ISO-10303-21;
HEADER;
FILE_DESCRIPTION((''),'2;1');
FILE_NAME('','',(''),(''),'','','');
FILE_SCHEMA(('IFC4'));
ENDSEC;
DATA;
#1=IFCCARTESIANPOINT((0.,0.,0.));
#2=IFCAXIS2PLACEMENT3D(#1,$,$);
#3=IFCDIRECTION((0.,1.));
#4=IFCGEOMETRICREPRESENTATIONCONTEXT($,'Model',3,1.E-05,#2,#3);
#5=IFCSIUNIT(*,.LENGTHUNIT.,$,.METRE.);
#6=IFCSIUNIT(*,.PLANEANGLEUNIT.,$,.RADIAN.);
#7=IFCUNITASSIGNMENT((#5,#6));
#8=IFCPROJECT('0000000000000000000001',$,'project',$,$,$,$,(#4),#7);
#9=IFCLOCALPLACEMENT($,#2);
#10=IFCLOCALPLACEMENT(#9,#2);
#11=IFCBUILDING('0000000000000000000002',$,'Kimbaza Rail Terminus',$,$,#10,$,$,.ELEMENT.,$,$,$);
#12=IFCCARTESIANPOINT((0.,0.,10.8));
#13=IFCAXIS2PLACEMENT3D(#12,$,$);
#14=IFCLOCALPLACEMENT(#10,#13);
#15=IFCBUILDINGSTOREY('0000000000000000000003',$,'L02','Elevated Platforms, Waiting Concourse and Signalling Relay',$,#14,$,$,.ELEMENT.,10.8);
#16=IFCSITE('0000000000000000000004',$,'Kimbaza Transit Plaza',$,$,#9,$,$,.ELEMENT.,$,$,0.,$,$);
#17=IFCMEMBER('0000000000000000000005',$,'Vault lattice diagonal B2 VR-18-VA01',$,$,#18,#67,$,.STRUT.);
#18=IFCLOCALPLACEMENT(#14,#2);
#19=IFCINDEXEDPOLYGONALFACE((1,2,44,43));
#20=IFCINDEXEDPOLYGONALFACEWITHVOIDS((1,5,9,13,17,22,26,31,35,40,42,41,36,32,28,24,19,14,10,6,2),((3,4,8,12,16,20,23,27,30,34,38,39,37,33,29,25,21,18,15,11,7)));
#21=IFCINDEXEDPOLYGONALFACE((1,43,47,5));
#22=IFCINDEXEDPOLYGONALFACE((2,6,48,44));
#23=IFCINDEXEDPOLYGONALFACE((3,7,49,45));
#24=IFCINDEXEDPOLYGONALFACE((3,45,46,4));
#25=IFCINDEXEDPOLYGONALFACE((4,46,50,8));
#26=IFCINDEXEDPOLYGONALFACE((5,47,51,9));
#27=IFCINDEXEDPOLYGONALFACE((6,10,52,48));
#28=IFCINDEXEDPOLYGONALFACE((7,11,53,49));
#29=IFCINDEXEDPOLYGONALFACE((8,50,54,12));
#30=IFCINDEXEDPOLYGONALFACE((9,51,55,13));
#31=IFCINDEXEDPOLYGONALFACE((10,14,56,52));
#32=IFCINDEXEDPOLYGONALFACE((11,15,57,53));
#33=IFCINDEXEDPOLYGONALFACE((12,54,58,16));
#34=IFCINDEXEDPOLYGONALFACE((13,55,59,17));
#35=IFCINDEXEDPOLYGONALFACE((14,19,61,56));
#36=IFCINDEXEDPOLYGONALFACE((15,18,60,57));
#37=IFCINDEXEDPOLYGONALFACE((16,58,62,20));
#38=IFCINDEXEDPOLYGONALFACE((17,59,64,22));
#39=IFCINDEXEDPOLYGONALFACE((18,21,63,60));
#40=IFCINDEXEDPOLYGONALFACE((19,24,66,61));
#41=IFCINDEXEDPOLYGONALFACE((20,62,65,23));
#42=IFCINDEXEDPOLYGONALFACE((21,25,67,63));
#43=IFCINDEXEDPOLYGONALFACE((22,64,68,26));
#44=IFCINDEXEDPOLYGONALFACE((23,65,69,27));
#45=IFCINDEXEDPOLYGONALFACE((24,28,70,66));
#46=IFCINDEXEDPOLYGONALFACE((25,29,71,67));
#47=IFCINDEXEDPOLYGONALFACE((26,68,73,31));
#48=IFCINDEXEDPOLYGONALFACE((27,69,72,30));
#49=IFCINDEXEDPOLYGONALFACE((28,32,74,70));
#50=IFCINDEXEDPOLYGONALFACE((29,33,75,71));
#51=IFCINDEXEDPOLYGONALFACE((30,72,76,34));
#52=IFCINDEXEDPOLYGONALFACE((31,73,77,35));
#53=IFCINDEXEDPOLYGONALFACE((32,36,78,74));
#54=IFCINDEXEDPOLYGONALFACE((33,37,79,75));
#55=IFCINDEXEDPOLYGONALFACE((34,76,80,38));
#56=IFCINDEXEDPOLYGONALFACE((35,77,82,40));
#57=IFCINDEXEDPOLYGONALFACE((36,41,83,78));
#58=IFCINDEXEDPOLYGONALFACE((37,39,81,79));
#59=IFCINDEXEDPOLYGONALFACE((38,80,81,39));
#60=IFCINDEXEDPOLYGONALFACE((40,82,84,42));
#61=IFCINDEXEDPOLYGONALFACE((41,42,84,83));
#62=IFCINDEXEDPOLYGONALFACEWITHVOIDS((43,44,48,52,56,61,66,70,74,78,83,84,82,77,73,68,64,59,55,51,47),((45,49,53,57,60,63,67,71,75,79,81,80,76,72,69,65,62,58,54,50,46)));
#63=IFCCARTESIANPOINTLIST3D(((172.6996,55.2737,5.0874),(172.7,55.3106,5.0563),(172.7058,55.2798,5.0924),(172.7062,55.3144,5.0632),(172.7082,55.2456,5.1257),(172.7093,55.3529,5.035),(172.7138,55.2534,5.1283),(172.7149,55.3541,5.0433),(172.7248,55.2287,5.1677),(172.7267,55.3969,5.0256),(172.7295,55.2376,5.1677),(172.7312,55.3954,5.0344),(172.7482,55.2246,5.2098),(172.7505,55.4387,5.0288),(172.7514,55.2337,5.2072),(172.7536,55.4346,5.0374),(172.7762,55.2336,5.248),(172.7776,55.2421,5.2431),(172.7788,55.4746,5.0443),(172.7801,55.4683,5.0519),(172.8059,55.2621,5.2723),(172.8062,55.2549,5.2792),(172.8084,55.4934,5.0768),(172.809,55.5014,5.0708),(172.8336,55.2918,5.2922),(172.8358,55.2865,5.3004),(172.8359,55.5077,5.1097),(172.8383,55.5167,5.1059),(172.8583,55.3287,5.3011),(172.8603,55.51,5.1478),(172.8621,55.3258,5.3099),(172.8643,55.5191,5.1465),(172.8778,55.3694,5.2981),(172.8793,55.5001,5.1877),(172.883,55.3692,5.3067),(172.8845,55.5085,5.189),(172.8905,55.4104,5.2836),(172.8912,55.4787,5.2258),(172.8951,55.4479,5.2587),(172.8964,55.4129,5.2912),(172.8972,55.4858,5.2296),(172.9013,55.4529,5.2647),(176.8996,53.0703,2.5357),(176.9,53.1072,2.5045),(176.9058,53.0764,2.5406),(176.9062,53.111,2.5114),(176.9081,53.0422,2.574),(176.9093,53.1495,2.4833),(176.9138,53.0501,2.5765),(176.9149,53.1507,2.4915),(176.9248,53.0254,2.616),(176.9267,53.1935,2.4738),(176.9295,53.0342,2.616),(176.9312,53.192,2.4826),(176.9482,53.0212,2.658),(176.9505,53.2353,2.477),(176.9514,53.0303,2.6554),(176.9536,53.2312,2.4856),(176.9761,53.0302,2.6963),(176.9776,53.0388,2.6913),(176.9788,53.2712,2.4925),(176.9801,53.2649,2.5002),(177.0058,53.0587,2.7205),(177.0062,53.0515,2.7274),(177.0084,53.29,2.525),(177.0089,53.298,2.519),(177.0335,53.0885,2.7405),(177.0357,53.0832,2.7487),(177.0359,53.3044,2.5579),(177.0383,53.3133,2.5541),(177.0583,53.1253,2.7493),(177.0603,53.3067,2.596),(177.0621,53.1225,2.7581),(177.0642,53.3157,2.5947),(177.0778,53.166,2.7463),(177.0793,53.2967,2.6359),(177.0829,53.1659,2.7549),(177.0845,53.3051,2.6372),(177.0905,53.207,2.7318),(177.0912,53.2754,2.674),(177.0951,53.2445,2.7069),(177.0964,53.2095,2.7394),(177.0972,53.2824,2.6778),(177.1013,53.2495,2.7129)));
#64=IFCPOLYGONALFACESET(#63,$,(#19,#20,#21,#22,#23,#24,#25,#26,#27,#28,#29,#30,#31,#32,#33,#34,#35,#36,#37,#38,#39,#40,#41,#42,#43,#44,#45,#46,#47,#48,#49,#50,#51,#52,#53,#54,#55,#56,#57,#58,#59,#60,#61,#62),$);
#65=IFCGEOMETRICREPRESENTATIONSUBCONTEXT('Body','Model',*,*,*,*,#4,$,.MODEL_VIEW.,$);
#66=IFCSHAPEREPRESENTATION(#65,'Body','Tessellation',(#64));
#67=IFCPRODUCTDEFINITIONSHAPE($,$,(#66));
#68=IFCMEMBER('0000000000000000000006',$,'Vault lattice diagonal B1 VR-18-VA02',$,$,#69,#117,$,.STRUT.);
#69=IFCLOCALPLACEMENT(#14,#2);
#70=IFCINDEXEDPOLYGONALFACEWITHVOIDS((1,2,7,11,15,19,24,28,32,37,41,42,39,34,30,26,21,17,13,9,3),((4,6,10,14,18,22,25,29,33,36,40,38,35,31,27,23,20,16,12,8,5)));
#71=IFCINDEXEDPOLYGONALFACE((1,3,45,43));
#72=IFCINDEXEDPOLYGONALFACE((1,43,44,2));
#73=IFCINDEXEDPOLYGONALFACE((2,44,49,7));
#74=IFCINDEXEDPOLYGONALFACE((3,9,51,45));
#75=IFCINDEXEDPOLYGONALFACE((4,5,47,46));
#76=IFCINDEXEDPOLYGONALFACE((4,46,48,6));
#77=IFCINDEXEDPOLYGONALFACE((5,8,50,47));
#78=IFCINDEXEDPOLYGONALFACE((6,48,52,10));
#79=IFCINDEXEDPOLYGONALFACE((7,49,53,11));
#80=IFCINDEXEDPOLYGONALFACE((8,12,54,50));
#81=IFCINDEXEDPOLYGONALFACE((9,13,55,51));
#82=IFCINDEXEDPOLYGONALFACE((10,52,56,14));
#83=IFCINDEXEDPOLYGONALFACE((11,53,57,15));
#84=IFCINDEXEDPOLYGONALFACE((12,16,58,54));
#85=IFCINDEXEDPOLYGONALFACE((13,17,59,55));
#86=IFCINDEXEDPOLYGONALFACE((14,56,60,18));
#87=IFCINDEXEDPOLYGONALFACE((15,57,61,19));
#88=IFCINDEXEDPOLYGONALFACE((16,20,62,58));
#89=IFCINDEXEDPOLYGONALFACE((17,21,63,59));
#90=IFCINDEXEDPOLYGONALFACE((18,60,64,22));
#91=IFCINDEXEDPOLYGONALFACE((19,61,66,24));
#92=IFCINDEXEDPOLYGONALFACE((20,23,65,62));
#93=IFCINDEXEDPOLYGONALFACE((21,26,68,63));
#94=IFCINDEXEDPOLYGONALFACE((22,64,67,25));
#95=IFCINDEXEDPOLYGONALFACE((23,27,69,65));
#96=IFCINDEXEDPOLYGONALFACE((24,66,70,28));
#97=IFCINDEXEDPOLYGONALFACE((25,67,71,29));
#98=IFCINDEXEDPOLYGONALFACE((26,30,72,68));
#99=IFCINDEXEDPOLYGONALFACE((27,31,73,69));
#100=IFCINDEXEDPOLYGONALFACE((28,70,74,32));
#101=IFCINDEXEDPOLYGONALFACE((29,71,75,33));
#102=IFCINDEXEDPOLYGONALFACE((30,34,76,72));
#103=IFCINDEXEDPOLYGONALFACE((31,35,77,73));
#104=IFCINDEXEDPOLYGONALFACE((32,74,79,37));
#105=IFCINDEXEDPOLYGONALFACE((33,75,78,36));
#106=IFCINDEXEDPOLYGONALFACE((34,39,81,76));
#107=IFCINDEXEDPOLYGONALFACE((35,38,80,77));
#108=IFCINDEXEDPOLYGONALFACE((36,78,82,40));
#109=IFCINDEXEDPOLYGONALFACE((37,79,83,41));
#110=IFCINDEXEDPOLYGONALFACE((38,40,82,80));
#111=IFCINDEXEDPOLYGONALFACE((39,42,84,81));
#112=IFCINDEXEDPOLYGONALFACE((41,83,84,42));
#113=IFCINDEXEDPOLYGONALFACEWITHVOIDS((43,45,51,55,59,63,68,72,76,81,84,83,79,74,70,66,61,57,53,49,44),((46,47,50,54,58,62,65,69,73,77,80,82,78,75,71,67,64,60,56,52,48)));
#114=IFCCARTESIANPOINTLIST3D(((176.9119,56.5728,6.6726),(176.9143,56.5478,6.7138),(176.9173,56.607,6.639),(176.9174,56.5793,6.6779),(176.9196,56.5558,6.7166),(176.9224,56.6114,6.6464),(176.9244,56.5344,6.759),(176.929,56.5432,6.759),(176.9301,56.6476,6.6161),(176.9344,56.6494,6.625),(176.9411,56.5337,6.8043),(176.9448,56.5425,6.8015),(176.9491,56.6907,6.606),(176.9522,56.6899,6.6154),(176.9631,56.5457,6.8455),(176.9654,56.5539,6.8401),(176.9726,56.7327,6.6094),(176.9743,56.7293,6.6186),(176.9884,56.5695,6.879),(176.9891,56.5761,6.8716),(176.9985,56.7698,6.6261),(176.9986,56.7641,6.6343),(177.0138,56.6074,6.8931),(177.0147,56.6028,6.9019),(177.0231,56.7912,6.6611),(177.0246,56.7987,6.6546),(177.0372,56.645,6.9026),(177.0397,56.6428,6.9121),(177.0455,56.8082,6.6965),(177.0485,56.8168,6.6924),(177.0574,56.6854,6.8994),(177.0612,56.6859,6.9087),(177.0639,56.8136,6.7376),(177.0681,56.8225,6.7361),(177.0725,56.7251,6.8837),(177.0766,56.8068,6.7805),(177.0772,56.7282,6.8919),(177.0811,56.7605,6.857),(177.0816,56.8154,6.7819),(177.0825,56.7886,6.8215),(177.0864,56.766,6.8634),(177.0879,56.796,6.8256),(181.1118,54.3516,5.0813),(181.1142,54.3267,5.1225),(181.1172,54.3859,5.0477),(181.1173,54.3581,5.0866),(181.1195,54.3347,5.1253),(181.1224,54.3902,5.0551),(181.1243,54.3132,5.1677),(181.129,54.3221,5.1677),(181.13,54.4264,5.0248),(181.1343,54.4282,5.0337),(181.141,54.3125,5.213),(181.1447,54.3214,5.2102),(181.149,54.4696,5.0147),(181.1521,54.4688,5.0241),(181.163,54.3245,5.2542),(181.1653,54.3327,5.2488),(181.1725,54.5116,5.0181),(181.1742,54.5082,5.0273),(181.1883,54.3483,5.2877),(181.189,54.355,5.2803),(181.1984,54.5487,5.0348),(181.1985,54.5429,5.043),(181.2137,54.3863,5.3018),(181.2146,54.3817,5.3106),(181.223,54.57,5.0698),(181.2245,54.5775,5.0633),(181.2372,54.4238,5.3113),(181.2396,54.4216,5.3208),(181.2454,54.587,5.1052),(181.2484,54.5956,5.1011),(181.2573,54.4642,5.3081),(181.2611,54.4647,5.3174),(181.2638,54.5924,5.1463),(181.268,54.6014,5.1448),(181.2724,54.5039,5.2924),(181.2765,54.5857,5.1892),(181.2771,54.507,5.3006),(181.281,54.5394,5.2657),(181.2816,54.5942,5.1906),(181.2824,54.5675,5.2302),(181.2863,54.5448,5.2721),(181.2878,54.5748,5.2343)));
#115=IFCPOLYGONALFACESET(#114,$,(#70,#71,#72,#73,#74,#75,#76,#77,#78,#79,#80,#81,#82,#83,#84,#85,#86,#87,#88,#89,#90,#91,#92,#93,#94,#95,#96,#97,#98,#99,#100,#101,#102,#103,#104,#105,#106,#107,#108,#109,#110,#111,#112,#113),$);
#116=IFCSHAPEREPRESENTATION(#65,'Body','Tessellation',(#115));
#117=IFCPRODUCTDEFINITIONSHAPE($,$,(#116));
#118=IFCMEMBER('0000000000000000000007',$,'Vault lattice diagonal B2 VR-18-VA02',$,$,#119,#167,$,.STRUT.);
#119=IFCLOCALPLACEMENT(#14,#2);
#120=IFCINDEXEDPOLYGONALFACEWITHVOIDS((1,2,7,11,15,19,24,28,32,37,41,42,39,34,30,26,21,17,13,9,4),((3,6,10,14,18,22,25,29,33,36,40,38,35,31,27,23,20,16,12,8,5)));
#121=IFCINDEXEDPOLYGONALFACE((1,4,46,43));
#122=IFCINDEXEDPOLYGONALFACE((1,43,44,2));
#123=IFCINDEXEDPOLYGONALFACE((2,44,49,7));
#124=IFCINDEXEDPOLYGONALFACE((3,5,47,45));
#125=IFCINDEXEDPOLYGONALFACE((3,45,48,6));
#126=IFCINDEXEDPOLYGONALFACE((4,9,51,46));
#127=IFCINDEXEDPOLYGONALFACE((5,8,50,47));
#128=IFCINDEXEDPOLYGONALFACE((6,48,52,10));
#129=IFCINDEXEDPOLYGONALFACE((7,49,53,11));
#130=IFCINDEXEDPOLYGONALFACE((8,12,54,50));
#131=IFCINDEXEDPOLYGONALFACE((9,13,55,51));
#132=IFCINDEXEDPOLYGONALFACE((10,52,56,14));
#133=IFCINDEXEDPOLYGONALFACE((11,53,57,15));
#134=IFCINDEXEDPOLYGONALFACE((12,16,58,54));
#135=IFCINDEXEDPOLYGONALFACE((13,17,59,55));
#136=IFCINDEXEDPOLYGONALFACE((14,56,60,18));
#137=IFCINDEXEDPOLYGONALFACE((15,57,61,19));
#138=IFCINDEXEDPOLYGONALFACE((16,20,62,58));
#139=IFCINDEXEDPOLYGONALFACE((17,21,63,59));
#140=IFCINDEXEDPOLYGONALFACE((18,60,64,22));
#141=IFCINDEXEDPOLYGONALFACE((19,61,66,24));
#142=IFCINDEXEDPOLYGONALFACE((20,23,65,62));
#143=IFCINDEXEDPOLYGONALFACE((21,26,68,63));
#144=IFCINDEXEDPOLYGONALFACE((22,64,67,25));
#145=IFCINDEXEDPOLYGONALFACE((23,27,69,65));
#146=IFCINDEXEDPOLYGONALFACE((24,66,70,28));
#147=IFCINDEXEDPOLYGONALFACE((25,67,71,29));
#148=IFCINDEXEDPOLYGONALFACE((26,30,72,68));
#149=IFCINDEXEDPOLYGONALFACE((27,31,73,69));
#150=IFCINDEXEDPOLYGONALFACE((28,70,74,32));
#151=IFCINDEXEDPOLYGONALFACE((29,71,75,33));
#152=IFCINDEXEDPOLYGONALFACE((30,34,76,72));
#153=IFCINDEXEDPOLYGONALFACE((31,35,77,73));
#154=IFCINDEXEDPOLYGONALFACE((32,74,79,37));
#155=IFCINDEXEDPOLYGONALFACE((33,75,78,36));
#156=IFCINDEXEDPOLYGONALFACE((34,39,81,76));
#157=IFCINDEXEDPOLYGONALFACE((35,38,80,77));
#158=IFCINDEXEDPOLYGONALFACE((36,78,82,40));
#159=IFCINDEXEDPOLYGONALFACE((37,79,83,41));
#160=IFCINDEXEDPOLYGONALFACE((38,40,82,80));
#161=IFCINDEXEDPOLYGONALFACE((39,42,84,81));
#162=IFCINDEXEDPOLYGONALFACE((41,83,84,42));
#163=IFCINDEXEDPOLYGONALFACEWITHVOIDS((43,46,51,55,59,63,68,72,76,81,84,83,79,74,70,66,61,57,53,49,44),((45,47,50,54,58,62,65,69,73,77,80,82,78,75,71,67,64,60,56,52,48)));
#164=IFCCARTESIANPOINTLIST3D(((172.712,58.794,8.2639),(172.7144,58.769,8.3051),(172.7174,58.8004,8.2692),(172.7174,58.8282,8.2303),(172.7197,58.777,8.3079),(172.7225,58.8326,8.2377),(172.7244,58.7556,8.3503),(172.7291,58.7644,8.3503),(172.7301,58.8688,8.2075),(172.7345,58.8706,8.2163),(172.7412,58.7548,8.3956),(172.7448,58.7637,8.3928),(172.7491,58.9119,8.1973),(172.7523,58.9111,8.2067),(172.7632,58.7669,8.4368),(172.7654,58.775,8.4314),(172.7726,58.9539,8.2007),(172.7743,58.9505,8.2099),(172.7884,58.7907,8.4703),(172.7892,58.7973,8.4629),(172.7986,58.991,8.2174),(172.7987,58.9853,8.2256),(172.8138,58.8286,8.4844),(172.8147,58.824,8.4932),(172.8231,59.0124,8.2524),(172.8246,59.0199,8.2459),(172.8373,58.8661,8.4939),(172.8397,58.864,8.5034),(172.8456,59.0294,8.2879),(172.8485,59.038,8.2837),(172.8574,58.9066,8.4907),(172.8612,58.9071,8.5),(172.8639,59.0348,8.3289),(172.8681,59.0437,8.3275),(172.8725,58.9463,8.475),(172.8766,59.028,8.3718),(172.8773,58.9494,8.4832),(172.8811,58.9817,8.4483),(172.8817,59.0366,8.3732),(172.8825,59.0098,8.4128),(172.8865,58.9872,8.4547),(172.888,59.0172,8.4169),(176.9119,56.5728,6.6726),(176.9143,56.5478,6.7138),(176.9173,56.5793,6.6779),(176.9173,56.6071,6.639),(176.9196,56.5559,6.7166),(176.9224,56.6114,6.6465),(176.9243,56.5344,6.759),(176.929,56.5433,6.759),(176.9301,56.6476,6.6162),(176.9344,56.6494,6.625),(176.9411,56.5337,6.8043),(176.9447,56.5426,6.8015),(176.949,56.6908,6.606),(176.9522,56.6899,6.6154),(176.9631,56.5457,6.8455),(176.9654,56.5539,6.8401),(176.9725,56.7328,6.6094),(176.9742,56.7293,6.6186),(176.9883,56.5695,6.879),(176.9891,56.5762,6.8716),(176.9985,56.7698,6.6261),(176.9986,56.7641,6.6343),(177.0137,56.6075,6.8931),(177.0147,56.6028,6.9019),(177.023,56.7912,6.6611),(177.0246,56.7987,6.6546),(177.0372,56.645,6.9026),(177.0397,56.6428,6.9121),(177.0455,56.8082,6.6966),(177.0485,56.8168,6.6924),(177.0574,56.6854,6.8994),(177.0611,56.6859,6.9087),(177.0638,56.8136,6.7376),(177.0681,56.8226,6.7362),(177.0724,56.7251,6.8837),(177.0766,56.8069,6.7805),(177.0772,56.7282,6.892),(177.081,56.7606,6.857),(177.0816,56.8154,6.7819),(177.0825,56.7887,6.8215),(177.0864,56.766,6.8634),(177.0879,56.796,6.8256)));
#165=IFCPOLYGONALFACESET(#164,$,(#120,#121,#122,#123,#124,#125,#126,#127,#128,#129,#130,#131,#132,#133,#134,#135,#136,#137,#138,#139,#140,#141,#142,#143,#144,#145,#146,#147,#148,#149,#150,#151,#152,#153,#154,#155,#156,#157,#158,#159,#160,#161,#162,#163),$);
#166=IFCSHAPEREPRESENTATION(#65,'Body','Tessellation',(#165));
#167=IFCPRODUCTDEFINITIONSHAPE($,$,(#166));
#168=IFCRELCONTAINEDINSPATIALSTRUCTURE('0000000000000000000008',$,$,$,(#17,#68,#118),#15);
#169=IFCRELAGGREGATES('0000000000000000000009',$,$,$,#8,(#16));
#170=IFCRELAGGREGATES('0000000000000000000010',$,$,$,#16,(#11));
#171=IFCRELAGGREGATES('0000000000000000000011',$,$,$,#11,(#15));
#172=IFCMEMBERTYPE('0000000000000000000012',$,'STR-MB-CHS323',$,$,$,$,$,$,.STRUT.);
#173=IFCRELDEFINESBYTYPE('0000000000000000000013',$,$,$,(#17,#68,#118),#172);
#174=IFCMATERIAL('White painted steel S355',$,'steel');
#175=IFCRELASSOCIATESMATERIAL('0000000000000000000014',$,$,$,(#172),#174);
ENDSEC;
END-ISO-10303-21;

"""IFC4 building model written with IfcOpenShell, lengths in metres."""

from ifc_helpers import new_model, si_unit, direction, frame, origin, origin_2d, place, context, subcontext, project, spatial, hollow_circle, extrude, material, material_profile, profile_set, type_object, element, save


model = new_model("IFC4")

# Units and contexts
model_context = context("Model", 3, precision=1e-05, world=origin(), true_north=direction((0.0, 1.0)))
body_context = subcontext(model_context, "Body", "Model", "MODEL_VIEW")
ifc_project = project(units=[si_unit("LENGTHUNIT", "METRE"), si_unit("PLANEANGLEUNIT", "RADIAN")], contexts=[model_context])

# Site, building, storey
site_placement = place(None, origin())
site = spatial("IfcSite", under=ifc_project, at=site_placement, Name="Kimbaza Transit Plaza", CompositionType="ELEMENT", RefElevation=0.0)
building_placement = place(site_placement, origin())
building = spatial("IfcBuilding", under=site, at=building_placement, Name="Kimbaza Rail Terminus", CompositionType="ELEMENT")
storey_placement = place(building_placement, frame((0.0, 0.0, 10.8)))
storey = spatial("IfcBuildingStorey", under=building, at=storey_placement, Name="L02", Description="Elevated Platforms, Waiting Concourse and Signalling Relay", CompositionType="ELEMENT", Elevation=10.8)

# Members
ifc_material_1 = material(Name="White painted steel S355", Category="steel")
ifc_material_profile_1 = material_profile(ifc_material_1, hollow_circle(Radius=0.1619, WallThickness=0.01, at=origin_2d()), Name="CHS 323.9x10")
ifc_profile_set_1 = profile_set([ifc_material_profile_1], Name="White painted steel S355")
member_type_1 = type_object("IfcMemberType", Name="STR-MB-CHS323", PredefinedType="STRUT", material=ifc_profile_set_1)
for number, where, z_axis, x_axis, name in (
    (1, (177.0, 53.1687, 2.616), (-0.779832, 0.409114, 0.473801), (-0.464569, -0.885537, 0.0), "Vault lattice diagonal B2 VR-18-VA01"),
):
    element("IfcMember", number, at=place(storey_placement, frame(where, z_axis=z_axis, x_axis=x_axis)), inside=storey, type_object=member_type_1, Name=name, PredefinedType="STRUT", context=body_context, shape_type="SweptSolid", body=[
        extrude(hollow_circle(Radius=0.1619, WallThickness=0.01, at=origin_2d()), origin(), (0.0, 0.0, 1.0), 5.3857),
    ])
for number, where, z_axis, x_axis, name in (
    (2, (181.2, 54.4563, 5.1677), (-0.838223, 0.443304, 0.317592), (-0.467508, -0.883989, 0.0), "Vault lattice diagonal B1 VR-18-VA02"),
    (3, (177.0, 56.6775, 6.759), (-0.838223, 0.443304, 0.317592), (-0.467508, -0.883989, 0.0), "Vault lattice diagonal B2 VR-18-VA02"),
):
    element("IfcMember", number, at=place(storey_placement, frame(where, z_axis=z_axis, x_axis=x_axis)), inside=storey, type_object=member_type_1, Name=name, PredefinedType="STRUT", context=body_context, shape_type="SweptSolid", body=[
        extrude(hollow_circle(Radius=0.1619, WallThickness=0.01, at=origin_2d()), origin(), (0.0, 0.0, 1.0), 5.0105),
    ])

save(model, "model.ifc")
